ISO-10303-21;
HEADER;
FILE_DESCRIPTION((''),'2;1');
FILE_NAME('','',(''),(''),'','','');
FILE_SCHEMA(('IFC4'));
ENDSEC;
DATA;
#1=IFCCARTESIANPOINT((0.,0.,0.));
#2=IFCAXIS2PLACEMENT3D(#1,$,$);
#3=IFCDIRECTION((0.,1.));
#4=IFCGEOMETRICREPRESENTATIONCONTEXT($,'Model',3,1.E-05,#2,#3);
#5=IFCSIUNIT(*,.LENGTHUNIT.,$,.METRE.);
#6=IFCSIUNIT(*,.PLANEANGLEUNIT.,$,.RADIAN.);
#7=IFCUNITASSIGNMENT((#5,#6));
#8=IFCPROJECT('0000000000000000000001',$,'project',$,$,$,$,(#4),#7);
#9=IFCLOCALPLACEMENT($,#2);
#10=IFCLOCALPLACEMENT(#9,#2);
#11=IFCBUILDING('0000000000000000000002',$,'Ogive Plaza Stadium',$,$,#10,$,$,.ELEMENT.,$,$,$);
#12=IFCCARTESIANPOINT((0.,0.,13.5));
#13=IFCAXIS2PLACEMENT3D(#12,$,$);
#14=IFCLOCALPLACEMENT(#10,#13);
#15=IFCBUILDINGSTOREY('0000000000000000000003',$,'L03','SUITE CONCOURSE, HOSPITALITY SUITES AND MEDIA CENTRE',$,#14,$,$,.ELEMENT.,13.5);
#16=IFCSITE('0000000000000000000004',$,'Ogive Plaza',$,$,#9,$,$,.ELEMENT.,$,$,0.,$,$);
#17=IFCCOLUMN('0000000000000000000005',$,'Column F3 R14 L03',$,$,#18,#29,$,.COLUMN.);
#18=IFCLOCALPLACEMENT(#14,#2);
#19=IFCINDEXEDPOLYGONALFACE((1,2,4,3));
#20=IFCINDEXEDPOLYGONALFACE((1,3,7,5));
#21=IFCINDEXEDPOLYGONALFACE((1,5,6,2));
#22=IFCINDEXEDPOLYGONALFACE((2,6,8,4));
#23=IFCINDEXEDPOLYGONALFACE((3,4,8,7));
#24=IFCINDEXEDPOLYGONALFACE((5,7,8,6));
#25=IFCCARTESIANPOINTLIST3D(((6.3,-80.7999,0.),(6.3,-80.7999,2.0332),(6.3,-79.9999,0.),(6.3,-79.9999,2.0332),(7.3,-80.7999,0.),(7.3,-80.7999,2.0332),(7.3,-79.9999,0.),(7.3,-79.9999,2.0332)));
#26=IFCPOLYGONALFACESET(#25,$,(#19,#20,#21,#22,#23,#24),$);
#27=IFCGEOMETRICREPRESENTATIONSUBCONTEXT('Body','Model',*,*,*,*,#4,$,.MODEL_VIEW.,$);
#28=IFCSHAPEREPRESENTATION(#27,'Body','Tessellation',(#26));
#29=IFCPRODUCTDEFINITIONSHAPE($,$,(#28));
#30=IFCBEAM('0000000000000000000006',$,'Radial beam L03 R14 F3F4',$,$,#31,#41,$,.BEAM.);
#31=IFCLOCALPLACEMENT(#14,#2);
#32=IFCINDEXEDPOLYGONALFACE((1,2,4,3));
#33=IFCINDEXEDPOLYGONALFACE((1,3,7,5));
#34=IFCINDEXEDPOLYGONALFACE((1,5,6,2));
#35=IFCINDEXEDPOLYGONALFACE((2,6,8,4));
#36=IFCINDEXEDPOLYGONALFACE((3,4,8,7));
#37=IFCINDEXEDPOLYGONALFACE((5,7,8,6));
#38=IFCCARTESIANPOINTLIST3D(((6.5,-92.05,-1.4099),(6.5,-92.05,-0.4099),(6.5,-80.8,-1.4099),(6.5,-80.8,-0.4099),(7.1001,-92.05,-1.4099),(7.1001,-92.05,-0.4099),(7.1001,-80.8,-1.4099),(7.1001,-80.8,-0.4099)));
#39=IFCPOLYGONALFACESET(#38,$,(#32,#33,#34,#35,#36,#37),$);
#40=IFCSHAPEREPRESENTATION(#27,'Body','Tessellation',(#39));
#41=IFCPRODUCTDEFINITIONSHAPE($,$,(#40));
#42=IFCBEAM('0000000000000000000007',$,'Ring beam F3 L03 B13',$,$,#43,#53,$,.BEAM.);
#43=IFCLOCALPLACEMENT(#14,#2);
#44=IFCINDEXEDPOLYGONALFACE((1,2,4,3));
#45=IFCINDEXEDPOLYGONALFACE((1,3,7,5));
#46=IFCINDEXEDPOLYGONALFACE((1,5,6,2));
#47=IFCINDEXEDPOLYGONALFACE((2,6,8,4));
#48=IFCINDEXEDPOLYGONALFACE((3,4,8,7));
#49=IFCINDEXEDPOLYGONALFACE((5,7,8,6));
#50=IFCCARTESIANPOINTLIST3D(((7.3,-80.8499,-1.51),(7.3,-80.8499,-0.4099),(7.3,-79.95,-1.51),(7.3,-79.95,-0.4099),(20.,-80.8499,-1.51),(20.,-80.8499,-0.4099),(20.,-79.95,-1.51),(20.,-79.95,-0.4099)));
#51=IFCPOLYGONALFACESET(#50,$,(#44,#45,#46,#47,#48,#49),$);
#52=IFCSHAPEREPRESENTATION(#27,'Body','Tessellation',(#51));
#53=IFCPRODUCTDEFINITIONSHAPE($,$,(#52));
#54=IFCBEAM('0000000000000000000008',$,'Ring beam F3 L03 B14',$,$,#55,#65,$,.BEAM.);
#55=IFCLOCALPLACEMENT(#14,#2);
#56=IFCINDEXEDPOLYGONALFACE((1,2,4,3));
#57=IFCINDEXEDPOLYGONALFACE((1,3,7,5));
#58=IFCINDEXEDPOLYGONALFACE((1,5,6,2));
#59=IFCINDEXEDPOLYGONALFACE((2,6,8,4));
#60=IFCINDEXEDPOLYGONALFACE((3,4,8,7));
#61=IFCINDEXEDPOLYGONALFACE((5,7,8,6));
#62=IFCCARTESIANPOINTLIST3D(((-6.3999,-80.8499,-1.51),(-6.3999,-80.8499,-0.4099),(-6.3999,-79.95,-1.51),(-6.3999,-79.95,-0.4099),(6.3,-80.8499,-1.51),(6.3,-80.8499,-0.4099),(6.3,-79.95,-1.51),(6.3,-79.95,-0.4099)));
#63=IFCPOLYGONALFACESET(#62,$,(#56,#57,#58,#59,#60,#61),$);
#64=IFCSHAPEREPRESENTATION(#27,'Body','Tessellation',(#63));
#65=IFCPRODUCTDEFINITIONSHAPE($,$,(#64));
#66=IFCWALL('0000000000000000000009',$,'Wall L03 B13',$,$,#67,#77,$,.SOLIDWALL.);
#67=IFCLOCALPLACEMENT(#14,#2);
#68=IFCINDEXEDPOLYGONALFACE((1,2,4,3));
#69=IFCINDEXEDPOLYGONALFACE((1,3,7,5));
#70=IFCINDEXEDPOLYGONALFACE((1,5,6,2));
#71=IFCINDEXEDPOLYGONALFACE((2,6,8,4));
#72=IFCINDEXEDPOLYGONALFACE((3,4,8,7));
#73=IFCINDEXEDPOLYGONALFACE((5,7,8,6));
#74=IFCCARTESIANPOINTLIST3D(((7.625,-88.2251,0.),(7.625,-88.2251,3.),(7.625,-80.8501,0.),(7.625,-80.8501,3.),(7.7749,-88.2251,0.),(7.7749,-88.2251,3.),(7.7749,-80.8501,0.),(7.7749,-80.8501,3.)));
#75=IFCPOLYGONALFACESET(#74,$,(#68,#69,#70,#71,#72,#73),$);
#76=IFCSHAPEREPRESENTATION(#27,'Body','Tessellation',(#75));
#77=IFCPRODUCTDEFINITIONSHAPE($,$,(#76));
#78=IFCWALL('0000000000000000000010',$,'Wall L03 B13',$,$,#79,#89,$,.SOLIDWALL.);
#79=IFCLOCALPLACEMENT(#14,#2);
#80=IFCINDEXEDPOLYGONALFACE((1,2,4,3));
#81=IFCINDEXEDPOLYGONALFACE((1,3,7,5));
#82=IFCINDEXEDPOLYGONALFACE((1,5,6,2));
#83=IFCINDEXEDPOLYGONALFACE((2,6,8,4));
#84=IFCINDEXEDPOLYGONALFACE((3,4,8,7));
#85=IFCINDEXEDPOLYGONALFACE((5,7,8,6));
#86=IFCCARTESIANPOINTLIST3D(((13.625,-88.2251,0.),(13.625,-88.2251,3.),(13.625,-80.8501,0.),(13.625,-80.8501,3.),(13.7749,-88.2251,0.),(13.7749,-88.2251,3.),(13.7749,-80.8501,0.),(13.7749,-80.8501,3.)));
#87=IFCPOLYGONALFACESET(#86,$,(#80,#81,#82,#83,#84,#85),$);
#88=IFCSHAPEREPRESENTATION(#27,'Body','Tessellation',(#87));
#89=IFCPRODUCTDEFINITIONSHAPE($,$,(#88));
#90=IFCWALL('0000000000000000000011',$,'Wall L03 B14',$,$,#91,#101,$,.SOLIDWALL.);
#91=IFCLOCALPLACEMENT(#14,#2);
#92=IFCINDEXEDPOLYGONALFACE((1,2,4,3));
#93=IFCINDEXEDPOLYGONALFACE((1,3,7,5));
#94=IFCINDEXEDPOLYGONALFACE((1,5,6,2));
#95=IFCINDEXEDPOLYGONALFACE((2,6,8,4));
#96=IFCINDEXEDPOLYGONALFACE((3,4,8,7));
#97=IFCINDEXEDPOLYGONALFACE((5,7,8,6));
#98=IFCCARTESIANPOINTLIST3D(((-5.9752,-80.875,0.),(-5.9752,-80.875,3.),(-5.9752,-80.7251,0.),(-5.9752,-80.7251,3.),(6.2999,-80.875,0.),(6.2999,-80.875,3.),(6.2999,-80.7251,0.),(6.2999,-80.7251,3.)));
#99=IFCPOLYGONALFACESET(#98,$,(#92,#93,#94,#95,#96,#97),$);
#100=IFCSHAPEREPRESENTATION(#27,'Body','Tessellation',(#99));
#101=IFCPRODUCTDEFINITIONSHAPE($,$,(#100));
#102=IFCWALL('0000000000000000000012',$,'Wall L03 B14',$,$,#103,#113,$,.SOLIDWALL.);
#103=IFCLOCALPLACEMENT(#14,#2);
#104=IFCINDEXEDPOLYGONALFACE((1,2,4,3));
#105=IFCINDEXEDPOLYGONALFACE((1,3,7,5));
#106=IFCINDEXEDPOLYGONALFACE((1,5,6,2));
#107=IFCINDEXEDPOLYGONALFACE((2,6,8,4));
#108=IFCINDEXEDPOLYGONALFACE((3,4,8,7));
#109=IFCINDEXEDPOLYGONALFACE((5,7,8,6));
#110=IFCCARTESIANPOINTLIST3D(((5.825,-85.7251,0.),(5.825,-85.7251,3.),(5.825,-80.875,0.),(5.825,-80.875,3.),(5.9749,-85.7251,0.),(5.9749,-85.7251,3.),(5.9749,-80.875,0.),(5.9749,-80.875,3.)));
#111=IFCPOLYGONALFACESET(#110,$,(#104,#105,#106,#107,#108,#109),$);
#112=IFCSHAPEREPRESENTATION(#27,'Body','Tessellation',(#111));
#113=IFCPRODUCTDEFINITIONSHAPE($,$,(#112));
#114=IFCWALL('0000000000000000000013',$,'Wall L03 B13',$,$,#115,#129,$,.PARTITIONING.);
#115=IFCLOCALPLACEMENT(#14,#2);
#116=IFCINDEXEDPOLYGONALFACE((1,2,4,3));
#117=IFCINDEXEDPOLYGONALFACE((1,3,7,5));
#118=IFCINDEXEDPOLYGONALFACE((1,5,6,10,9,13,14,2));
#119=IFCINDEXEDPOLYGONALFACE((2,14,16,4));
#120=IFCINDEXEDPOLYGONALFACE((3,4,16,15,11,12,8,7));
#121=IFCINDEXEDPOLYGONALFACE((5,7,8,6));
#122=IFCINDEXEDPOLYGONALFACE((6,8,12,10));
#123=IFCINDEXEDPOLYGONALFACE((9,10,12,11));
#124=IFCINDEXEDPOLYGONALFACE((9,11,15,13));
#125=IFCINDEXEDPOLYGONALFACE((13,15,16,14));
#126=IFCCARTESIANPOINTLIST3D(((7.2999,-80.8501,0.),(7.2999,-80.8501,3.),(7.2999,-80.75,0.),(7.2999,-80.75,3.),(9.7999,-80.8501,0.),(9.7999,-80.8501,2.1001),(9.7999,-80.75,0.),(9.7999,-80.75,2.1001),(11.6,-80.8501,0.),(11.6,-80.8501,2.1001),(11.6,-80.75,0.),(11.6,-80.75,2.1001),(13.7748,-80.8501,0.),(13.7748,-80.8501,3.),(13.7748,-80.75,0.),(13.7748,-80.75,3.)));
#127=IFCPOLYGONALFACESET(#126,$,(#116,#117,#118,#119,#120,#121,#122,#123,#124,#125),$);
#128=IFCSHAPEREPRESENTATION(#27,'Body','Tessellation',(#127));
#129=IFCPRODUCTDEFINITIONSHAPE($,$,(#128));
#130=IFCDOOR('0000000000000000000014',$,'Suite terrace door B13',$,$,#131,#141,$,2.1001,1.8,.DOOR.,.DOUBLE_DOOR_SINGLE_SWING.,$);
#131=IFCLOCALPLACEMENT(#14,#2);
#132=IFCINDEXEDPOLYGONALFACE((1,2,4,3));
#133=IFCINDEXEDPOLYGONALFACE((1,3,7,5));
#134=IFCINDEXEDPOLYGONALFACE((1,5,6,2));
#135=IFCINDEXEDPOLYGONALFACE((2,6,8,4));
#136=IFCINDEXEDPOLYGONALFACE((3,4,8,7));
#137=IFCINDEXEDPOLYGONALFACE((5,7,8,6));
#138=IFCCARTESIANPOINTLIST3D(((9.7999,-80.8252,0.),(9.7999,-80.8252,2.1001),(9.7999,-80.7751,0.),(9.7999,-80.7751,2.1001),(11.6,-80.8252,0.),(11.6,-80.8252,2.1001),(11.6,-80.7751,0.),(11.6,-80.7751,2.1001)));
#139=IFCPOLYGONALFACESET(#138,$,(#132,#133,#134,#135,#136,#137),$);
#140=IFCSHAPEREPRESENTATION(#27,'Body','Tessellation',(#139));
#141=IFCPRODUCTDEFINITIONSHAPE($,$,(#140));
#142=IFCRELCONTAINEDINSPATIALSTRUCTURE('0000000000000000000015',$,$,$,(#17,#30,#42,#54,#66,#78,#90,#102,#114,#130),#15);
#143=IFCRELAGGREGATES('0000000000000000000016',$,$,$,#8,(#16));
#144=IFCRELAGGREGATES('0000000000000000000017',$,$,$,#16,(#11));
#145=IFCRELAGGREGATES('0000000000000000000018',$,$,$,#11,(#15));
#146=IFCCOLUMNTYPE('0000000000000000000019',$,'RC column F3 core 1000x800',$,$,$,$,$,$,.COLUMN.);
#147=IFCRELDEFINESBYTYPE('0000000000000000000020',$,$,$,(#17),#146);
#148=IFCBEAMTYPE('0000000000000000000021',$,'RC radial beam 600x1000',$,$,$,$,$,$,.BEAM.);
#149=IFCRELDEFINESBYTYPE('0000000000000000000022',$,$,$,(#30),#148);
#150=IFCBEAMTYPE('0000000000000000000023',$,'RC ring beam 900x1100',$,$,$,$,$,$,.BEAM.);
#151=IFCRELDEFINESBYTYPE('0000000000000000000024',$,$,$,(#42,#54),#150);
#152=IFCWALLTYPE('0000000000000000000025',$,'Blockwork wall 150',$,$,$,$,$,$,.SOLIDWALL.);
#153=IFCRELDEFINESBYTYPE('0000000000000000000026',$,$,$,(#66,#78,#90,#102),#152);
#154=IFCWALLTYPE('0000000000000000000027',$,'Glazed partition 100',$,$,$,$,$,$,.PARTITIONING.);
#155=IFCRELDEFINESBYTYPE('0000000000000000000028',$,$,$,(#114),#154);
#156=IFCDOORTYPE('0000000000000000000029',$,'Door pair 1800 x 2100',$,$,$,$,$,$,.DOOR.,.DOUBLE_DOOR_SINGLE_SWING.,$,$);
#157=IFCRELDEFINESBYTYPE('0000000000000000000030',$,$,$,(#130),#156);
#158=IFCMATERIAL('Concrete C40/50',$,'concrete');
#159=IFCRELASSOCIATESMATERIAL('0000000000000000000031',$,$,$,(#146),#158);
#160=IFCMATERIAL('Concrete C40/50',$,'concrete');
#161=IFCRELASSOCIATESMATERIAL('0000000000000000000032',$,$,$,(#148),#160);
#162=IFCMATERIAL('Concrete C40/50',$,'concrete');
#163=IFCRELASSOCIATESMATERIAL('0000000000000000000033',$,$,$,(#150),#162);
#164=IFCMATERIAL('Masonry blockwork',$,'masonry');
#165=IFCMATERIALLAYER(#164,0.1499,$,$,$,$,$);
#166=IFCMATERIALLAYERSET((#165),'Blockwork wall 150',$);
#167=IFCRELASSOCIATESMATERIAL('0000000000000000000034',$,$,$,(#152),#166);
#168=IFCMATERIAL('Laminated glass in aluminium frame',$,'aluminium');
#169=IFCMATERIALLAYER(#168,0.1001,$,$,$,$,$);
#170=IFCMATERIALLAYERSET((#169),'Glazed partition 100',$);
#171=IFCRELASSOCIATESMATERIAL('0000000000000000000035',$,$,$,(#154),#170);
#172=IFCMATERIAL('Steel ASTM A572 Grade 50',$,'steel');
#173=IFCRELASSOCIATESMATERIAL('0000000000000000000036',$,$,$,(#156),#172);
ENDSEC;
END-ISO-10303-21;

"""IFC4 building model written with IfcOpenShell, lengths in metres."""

from ifc_helpers import new_model, si_unit, direction, frame, frame_2d, origin, origin_2d, place, context, subcontext, project, spatial, rectangle, extrude, material, layer, layer_set, material_profile, profile_set, type_object, element, fill, save


model = new_model("IFC4")

# Units and contexts
model_context = context("Model", 3, precision=1e-05, world=origin(), true_north=direction((0.0, 1.0)))
body_context = subcontext(model_context, "Body", "Model", "MODEL_VIEW")
ifc_project = project(units=[si_unit("LENGTHUNIT", "METRE"), si_unit("PLANEANGLEUNIT", "RADIAN")], contexts=[model_context])

# Site, building, storey
site_placement = place(None, origin())
site = spatial("IfcSite", under=ifc_project, at=site_placement, Name="Ogive Plaza", CompositionType="ELEMENT", RefElevation=0.0)
building_placement = place(site_placement, origin())
building = spatial("IfcBuilding", under=site, at=building_placement, Name="Ogive Plaza Stadium", CompositionType="ELEMENT")
storey_placement = place(building_placement, frame((0.0, 0.0, 13.5)))
storey = spatial("IfcBuildingStorey", under=building, at=storey_placement, Name="L03", Description="SUITE CONCOURSE, HOSPITALITY SUITES AND MEDIA CENTRE", CompositionType="ELEMENT", Elevation=13.5)

# Column
ifc_material_1 = material(Name="Concrete C40/50", Category="concrete")
ifc_material_profile_1 = material_profile(ifc_material_1, rectangle(XDim=1.0, YDim=0.8, at=origin_2d()), Name="RC 1000x800")
ifc_profile_set_1 = profile_set([ifc_material_profile_1], Name="Concrete C40/50")
column_type = type_object("IfcColumnType", Name="RC column F3 core 1000x800", PredefinedType="COLUMN", material=ifc_profile_set_1)
column_placement = place(storey_placement, frame((6.8, -80.3999, 0.0), z_axis=(0.0, 0.0, 1.0), x_axis=(1.0, 0.0, 0.0)))
element("IfcColumn", 1, at=column_placement, inside=storey, type_object=column_type, Name="Column F3 R14 L03", PredefinedType="COLUMN", context=body_context, shape_type="SweptSolid", body=[
    extrude(rectangle(XDim=1.0, YDim=0.8, at=origin_2d()), origin(), (0.0, 0.0, 1.0), 2.0332),
])

# Beams
ifc_material_2 = material(Name="Concrete C40/50", Category="concrete")
ifc_material_profile_2 = material_profile(ifc_material_2, rectangle(XDim=0.6001, YDim=1.0, at=origin_2d()), Name="RC 600x1000")
ifc_profile_set_2 = profile_set([ifc_material_profile_2], Name="Concrete C40/50")
beam_type_1 = type_object("IfcBeamType", Name="RC radial beam 600x1000", PredefinedType="BEAM", material=ifc_profile_set_2)
beam_placement = place(storey_placement, frame((6.8, -80.8, -0.9099), z_axis=(0.0, -1.0, 0.0), x_axis=(1.0, 0.0, 0.0)))
element("IfcBeam", 2, at=beam_placement, inside=storey, type_object=beam_type_1, Name="Radial beam L03 R14 F3F4", PredefinedType="BEAM", context=body_context, shape_type="SweptSolid", body=[
    extrude(rectangle(XDim=0.6001, YDim=1.0, at=origin_2d()), origin(), (0.0, 0.0, 1.0), 11.25),
])
ifc_material_3 = material(Name="Concrete C40/50", Category="concrete")
ifc_material_profile_3 = material_profile(ifc_material_3, rectangle(XDim=0.8999, YDim=1.1001, at=origin_2d()), Name="RC 900x1100")
ifc_profile_set_3 = profile_set([ifc_material_profile_3], Name="Concrete C40/50")
beam_type_2 = type_object("IfcBeamType", Name="RC ring beam 900x1100", PredefinedType="BEAM", material=ifc_profile_set_3)
for number, where, z_axis, x_axis, name in (
    (3, (20.0, -80.3999, -0.96), (-1.0, 0.0, 0.0), (0.0, -1.0, 0.0), "Ring beam F3 L03 B13"),
    (4, (6.3, -80.3999, -0.96), (-1.0, 0.0, 0.0), (0.0, -1.0, 0.0), "Ring beam F3 L03 B14"),
):
    element("IfcBeam", number, at=place(storey_placement, frame(where, z_axis=z_axis, x_axis=x_axis)), inside=storey, type_object=beam_type_2, Name=name, PredefinedType="BEAM", context=body_context, shape_type="SweptSolid", body=[
        extrude(rectangle(XDim=0.8999, YDim=1.1001, at=origin_2d()), origin(), (0.0, 0.0, 1.0), 12.7),
    ])

# Walls
ifc_material_4 = material(Name="Masonry blockwork", Category="masonry")
ifc_layer_1 = layer(ifc_material_4, 0.1499)
ifc_layer_set_1 = layer_set([ifc_layer_1], Name="Blockwork wall 150")
wall_type_1 = type_object("IfcWallType", Name="Blockwork wall 150", PredefinedType="SOLIDWALL", material=ifc_layer_set_1)
for number, where, z_axis, x_axis, name in (
    (5, (7.7, -80.8501, 0.0), (0.0, 0.0, 1.0), (0.0, -1.0, 0.0), "Wall L03 B13"),
    (6, (13.7, -80.8501, 0.0), (0.0, 0.0, 1.0), (0.0, -1.0, 0.0), "Wall L03 B13"),
):
    element("IfcWall", number, at=place(storey_placement, frame(where, z_axis=z_axis, x_axis=x_axis)), inside=storey, type_object=wall_type_1, Name=name, PredefinedType="SOLIDWALL", context=body_context, shape_type="SweptSolid", body=[
        extrude(rectangle(XDim=7.375, YDim=0.1499, at=frame_2d((3.6875, 0.0))), origin(), (0.0, 0.0, 1.0), 3.0),
    ])
wall_1_placement = place(storey_placement, frame((6.3, -80.8, 0.0), z_axis=(0.0, 0.0, 1.0), x_axis=(-1.0, 0.0, 0.0)))
element("IfcWall", 7, at=wall_1_placement, inside=storey, type_object=wall_type_1, Name="Wall L03 B14", PredefinedType="SOLIDWALL", context=body_context, shape_type="SweptSolid", body=[
    extrude(rectangle(XDim=12.2751, YDim=0.1499, at=frame_2d((6.1377, 0.0))), origin(), (0.0, 0.0, 1.0), 3.0),
])
wall_2_placement = place(storey_placement, frame((5.8999, -80.875, 0.0), z_axis=(0.0, 0.0, 1.0), x_axis=(0.0, -1.0, 0.0)))
element("IfcWall", 8, at=wall_2_placement, inside=storey, type_object=wall_type_1, Name="Wall L03 B14", PredefinedType="SOLIDWALL", context=body_context, shape_type="SweptSolid", body=[
    extrude(rectangle(XDim=4.8501, YDim=0.1499, at=frame_2d((2.425, 0.0))), origin(), (0.0, 0.0, 1.0), 3.0),
])

# Wall, opening, door
ifc_material_5 = material(Name="Laminated glass in aluminium frame", Category="aluminium")
ifc_layer_2 = layer(ifc_material_5, 0.1001)
ifc_layer_set_2 = layer_set([ifc_layer_2], Name="Glazed partition 100")
wall_type_2 = type_object("IfcWallType", Name="Glazed partition 100", PredefinedType="PARTITIONING", material=ifc_layer_set_2)
wall_3_placement = place(storey_placement, frame((7.3, -80.8, 0.0), z_axis=(0.0, 0.0, 1.0), x_axis=(1.0, 0.0, 0.0)))
wall_3 = element("IfcWall", 9, at=wall_3_placement, inside=storey, type_object=wall_type_2, Name="Wall L03 B13", PredefinedType="PARTITIONING", context=body_context, shape_type="SweptSolid", body=[
    extrude(rectangle(XDim=6.4749, YDim=0.1001, at=frame_2d((3.2373, 0.0))), origin(), (0.0, 0.0, 1.0), 3.0),
])
opening_placement = place(wall_3_placement, frame((2.5, 0.0, 0.0)))
opening = element("IfcOpeningElement", 10, at=opening_placement, cuts=wall_3, PredefinedType="OPENING", context=body_context, shape_type="SweptSolid", body=[
    extrude(rectangle(XDim=1.8, YDim=2.1001, at=frame_2d((0.8999, 1.05))), frame((0.0, 0.05, 0.0), z_axis=(0.0, -1.0, 0.0), x_axis=(1.0, 0.0, 0.0)), (0.0, 0.0, 1.0), 0.1001),
])
ifc_material_6 = material(Name="Steel ASTM A572 Grade 50", Category="steel")
door_type = type_object("IfcDoorType", Name="Door pair 1800 x 2100", OperationType="DOUBLE_DOOR_SINGLE_SWING", PredefinedType="DOOR", material=ifc_material_6)
door_placement = place(opening_placement, origin())
door = element("IfcDoor", 11, at=door_placement, inside=storey, type_object=door_type, Name="Suite terrace door B13", OperationType="DOUBLE_DOOR_SINGLE_SWING", OverallHeight=2.1001, OverallWidth=1.8, PredefinedType="DOOR", context=body_context, shape_type="SweptSolid", body=[
    extrude(rectangle(XDim=1.8, YDim=2.1001, at=frame_2d((0.8999, 1.05))), frame((0.0, 0.0249, 0.0), z_axis=(0.0, -1.0, 0.0), x_axis=(1.0, 0.0, 0.0)), (0.0, 0.0, 1.0), 0.05),
])
fill(opening, door)

save(model, "model.ifc")
